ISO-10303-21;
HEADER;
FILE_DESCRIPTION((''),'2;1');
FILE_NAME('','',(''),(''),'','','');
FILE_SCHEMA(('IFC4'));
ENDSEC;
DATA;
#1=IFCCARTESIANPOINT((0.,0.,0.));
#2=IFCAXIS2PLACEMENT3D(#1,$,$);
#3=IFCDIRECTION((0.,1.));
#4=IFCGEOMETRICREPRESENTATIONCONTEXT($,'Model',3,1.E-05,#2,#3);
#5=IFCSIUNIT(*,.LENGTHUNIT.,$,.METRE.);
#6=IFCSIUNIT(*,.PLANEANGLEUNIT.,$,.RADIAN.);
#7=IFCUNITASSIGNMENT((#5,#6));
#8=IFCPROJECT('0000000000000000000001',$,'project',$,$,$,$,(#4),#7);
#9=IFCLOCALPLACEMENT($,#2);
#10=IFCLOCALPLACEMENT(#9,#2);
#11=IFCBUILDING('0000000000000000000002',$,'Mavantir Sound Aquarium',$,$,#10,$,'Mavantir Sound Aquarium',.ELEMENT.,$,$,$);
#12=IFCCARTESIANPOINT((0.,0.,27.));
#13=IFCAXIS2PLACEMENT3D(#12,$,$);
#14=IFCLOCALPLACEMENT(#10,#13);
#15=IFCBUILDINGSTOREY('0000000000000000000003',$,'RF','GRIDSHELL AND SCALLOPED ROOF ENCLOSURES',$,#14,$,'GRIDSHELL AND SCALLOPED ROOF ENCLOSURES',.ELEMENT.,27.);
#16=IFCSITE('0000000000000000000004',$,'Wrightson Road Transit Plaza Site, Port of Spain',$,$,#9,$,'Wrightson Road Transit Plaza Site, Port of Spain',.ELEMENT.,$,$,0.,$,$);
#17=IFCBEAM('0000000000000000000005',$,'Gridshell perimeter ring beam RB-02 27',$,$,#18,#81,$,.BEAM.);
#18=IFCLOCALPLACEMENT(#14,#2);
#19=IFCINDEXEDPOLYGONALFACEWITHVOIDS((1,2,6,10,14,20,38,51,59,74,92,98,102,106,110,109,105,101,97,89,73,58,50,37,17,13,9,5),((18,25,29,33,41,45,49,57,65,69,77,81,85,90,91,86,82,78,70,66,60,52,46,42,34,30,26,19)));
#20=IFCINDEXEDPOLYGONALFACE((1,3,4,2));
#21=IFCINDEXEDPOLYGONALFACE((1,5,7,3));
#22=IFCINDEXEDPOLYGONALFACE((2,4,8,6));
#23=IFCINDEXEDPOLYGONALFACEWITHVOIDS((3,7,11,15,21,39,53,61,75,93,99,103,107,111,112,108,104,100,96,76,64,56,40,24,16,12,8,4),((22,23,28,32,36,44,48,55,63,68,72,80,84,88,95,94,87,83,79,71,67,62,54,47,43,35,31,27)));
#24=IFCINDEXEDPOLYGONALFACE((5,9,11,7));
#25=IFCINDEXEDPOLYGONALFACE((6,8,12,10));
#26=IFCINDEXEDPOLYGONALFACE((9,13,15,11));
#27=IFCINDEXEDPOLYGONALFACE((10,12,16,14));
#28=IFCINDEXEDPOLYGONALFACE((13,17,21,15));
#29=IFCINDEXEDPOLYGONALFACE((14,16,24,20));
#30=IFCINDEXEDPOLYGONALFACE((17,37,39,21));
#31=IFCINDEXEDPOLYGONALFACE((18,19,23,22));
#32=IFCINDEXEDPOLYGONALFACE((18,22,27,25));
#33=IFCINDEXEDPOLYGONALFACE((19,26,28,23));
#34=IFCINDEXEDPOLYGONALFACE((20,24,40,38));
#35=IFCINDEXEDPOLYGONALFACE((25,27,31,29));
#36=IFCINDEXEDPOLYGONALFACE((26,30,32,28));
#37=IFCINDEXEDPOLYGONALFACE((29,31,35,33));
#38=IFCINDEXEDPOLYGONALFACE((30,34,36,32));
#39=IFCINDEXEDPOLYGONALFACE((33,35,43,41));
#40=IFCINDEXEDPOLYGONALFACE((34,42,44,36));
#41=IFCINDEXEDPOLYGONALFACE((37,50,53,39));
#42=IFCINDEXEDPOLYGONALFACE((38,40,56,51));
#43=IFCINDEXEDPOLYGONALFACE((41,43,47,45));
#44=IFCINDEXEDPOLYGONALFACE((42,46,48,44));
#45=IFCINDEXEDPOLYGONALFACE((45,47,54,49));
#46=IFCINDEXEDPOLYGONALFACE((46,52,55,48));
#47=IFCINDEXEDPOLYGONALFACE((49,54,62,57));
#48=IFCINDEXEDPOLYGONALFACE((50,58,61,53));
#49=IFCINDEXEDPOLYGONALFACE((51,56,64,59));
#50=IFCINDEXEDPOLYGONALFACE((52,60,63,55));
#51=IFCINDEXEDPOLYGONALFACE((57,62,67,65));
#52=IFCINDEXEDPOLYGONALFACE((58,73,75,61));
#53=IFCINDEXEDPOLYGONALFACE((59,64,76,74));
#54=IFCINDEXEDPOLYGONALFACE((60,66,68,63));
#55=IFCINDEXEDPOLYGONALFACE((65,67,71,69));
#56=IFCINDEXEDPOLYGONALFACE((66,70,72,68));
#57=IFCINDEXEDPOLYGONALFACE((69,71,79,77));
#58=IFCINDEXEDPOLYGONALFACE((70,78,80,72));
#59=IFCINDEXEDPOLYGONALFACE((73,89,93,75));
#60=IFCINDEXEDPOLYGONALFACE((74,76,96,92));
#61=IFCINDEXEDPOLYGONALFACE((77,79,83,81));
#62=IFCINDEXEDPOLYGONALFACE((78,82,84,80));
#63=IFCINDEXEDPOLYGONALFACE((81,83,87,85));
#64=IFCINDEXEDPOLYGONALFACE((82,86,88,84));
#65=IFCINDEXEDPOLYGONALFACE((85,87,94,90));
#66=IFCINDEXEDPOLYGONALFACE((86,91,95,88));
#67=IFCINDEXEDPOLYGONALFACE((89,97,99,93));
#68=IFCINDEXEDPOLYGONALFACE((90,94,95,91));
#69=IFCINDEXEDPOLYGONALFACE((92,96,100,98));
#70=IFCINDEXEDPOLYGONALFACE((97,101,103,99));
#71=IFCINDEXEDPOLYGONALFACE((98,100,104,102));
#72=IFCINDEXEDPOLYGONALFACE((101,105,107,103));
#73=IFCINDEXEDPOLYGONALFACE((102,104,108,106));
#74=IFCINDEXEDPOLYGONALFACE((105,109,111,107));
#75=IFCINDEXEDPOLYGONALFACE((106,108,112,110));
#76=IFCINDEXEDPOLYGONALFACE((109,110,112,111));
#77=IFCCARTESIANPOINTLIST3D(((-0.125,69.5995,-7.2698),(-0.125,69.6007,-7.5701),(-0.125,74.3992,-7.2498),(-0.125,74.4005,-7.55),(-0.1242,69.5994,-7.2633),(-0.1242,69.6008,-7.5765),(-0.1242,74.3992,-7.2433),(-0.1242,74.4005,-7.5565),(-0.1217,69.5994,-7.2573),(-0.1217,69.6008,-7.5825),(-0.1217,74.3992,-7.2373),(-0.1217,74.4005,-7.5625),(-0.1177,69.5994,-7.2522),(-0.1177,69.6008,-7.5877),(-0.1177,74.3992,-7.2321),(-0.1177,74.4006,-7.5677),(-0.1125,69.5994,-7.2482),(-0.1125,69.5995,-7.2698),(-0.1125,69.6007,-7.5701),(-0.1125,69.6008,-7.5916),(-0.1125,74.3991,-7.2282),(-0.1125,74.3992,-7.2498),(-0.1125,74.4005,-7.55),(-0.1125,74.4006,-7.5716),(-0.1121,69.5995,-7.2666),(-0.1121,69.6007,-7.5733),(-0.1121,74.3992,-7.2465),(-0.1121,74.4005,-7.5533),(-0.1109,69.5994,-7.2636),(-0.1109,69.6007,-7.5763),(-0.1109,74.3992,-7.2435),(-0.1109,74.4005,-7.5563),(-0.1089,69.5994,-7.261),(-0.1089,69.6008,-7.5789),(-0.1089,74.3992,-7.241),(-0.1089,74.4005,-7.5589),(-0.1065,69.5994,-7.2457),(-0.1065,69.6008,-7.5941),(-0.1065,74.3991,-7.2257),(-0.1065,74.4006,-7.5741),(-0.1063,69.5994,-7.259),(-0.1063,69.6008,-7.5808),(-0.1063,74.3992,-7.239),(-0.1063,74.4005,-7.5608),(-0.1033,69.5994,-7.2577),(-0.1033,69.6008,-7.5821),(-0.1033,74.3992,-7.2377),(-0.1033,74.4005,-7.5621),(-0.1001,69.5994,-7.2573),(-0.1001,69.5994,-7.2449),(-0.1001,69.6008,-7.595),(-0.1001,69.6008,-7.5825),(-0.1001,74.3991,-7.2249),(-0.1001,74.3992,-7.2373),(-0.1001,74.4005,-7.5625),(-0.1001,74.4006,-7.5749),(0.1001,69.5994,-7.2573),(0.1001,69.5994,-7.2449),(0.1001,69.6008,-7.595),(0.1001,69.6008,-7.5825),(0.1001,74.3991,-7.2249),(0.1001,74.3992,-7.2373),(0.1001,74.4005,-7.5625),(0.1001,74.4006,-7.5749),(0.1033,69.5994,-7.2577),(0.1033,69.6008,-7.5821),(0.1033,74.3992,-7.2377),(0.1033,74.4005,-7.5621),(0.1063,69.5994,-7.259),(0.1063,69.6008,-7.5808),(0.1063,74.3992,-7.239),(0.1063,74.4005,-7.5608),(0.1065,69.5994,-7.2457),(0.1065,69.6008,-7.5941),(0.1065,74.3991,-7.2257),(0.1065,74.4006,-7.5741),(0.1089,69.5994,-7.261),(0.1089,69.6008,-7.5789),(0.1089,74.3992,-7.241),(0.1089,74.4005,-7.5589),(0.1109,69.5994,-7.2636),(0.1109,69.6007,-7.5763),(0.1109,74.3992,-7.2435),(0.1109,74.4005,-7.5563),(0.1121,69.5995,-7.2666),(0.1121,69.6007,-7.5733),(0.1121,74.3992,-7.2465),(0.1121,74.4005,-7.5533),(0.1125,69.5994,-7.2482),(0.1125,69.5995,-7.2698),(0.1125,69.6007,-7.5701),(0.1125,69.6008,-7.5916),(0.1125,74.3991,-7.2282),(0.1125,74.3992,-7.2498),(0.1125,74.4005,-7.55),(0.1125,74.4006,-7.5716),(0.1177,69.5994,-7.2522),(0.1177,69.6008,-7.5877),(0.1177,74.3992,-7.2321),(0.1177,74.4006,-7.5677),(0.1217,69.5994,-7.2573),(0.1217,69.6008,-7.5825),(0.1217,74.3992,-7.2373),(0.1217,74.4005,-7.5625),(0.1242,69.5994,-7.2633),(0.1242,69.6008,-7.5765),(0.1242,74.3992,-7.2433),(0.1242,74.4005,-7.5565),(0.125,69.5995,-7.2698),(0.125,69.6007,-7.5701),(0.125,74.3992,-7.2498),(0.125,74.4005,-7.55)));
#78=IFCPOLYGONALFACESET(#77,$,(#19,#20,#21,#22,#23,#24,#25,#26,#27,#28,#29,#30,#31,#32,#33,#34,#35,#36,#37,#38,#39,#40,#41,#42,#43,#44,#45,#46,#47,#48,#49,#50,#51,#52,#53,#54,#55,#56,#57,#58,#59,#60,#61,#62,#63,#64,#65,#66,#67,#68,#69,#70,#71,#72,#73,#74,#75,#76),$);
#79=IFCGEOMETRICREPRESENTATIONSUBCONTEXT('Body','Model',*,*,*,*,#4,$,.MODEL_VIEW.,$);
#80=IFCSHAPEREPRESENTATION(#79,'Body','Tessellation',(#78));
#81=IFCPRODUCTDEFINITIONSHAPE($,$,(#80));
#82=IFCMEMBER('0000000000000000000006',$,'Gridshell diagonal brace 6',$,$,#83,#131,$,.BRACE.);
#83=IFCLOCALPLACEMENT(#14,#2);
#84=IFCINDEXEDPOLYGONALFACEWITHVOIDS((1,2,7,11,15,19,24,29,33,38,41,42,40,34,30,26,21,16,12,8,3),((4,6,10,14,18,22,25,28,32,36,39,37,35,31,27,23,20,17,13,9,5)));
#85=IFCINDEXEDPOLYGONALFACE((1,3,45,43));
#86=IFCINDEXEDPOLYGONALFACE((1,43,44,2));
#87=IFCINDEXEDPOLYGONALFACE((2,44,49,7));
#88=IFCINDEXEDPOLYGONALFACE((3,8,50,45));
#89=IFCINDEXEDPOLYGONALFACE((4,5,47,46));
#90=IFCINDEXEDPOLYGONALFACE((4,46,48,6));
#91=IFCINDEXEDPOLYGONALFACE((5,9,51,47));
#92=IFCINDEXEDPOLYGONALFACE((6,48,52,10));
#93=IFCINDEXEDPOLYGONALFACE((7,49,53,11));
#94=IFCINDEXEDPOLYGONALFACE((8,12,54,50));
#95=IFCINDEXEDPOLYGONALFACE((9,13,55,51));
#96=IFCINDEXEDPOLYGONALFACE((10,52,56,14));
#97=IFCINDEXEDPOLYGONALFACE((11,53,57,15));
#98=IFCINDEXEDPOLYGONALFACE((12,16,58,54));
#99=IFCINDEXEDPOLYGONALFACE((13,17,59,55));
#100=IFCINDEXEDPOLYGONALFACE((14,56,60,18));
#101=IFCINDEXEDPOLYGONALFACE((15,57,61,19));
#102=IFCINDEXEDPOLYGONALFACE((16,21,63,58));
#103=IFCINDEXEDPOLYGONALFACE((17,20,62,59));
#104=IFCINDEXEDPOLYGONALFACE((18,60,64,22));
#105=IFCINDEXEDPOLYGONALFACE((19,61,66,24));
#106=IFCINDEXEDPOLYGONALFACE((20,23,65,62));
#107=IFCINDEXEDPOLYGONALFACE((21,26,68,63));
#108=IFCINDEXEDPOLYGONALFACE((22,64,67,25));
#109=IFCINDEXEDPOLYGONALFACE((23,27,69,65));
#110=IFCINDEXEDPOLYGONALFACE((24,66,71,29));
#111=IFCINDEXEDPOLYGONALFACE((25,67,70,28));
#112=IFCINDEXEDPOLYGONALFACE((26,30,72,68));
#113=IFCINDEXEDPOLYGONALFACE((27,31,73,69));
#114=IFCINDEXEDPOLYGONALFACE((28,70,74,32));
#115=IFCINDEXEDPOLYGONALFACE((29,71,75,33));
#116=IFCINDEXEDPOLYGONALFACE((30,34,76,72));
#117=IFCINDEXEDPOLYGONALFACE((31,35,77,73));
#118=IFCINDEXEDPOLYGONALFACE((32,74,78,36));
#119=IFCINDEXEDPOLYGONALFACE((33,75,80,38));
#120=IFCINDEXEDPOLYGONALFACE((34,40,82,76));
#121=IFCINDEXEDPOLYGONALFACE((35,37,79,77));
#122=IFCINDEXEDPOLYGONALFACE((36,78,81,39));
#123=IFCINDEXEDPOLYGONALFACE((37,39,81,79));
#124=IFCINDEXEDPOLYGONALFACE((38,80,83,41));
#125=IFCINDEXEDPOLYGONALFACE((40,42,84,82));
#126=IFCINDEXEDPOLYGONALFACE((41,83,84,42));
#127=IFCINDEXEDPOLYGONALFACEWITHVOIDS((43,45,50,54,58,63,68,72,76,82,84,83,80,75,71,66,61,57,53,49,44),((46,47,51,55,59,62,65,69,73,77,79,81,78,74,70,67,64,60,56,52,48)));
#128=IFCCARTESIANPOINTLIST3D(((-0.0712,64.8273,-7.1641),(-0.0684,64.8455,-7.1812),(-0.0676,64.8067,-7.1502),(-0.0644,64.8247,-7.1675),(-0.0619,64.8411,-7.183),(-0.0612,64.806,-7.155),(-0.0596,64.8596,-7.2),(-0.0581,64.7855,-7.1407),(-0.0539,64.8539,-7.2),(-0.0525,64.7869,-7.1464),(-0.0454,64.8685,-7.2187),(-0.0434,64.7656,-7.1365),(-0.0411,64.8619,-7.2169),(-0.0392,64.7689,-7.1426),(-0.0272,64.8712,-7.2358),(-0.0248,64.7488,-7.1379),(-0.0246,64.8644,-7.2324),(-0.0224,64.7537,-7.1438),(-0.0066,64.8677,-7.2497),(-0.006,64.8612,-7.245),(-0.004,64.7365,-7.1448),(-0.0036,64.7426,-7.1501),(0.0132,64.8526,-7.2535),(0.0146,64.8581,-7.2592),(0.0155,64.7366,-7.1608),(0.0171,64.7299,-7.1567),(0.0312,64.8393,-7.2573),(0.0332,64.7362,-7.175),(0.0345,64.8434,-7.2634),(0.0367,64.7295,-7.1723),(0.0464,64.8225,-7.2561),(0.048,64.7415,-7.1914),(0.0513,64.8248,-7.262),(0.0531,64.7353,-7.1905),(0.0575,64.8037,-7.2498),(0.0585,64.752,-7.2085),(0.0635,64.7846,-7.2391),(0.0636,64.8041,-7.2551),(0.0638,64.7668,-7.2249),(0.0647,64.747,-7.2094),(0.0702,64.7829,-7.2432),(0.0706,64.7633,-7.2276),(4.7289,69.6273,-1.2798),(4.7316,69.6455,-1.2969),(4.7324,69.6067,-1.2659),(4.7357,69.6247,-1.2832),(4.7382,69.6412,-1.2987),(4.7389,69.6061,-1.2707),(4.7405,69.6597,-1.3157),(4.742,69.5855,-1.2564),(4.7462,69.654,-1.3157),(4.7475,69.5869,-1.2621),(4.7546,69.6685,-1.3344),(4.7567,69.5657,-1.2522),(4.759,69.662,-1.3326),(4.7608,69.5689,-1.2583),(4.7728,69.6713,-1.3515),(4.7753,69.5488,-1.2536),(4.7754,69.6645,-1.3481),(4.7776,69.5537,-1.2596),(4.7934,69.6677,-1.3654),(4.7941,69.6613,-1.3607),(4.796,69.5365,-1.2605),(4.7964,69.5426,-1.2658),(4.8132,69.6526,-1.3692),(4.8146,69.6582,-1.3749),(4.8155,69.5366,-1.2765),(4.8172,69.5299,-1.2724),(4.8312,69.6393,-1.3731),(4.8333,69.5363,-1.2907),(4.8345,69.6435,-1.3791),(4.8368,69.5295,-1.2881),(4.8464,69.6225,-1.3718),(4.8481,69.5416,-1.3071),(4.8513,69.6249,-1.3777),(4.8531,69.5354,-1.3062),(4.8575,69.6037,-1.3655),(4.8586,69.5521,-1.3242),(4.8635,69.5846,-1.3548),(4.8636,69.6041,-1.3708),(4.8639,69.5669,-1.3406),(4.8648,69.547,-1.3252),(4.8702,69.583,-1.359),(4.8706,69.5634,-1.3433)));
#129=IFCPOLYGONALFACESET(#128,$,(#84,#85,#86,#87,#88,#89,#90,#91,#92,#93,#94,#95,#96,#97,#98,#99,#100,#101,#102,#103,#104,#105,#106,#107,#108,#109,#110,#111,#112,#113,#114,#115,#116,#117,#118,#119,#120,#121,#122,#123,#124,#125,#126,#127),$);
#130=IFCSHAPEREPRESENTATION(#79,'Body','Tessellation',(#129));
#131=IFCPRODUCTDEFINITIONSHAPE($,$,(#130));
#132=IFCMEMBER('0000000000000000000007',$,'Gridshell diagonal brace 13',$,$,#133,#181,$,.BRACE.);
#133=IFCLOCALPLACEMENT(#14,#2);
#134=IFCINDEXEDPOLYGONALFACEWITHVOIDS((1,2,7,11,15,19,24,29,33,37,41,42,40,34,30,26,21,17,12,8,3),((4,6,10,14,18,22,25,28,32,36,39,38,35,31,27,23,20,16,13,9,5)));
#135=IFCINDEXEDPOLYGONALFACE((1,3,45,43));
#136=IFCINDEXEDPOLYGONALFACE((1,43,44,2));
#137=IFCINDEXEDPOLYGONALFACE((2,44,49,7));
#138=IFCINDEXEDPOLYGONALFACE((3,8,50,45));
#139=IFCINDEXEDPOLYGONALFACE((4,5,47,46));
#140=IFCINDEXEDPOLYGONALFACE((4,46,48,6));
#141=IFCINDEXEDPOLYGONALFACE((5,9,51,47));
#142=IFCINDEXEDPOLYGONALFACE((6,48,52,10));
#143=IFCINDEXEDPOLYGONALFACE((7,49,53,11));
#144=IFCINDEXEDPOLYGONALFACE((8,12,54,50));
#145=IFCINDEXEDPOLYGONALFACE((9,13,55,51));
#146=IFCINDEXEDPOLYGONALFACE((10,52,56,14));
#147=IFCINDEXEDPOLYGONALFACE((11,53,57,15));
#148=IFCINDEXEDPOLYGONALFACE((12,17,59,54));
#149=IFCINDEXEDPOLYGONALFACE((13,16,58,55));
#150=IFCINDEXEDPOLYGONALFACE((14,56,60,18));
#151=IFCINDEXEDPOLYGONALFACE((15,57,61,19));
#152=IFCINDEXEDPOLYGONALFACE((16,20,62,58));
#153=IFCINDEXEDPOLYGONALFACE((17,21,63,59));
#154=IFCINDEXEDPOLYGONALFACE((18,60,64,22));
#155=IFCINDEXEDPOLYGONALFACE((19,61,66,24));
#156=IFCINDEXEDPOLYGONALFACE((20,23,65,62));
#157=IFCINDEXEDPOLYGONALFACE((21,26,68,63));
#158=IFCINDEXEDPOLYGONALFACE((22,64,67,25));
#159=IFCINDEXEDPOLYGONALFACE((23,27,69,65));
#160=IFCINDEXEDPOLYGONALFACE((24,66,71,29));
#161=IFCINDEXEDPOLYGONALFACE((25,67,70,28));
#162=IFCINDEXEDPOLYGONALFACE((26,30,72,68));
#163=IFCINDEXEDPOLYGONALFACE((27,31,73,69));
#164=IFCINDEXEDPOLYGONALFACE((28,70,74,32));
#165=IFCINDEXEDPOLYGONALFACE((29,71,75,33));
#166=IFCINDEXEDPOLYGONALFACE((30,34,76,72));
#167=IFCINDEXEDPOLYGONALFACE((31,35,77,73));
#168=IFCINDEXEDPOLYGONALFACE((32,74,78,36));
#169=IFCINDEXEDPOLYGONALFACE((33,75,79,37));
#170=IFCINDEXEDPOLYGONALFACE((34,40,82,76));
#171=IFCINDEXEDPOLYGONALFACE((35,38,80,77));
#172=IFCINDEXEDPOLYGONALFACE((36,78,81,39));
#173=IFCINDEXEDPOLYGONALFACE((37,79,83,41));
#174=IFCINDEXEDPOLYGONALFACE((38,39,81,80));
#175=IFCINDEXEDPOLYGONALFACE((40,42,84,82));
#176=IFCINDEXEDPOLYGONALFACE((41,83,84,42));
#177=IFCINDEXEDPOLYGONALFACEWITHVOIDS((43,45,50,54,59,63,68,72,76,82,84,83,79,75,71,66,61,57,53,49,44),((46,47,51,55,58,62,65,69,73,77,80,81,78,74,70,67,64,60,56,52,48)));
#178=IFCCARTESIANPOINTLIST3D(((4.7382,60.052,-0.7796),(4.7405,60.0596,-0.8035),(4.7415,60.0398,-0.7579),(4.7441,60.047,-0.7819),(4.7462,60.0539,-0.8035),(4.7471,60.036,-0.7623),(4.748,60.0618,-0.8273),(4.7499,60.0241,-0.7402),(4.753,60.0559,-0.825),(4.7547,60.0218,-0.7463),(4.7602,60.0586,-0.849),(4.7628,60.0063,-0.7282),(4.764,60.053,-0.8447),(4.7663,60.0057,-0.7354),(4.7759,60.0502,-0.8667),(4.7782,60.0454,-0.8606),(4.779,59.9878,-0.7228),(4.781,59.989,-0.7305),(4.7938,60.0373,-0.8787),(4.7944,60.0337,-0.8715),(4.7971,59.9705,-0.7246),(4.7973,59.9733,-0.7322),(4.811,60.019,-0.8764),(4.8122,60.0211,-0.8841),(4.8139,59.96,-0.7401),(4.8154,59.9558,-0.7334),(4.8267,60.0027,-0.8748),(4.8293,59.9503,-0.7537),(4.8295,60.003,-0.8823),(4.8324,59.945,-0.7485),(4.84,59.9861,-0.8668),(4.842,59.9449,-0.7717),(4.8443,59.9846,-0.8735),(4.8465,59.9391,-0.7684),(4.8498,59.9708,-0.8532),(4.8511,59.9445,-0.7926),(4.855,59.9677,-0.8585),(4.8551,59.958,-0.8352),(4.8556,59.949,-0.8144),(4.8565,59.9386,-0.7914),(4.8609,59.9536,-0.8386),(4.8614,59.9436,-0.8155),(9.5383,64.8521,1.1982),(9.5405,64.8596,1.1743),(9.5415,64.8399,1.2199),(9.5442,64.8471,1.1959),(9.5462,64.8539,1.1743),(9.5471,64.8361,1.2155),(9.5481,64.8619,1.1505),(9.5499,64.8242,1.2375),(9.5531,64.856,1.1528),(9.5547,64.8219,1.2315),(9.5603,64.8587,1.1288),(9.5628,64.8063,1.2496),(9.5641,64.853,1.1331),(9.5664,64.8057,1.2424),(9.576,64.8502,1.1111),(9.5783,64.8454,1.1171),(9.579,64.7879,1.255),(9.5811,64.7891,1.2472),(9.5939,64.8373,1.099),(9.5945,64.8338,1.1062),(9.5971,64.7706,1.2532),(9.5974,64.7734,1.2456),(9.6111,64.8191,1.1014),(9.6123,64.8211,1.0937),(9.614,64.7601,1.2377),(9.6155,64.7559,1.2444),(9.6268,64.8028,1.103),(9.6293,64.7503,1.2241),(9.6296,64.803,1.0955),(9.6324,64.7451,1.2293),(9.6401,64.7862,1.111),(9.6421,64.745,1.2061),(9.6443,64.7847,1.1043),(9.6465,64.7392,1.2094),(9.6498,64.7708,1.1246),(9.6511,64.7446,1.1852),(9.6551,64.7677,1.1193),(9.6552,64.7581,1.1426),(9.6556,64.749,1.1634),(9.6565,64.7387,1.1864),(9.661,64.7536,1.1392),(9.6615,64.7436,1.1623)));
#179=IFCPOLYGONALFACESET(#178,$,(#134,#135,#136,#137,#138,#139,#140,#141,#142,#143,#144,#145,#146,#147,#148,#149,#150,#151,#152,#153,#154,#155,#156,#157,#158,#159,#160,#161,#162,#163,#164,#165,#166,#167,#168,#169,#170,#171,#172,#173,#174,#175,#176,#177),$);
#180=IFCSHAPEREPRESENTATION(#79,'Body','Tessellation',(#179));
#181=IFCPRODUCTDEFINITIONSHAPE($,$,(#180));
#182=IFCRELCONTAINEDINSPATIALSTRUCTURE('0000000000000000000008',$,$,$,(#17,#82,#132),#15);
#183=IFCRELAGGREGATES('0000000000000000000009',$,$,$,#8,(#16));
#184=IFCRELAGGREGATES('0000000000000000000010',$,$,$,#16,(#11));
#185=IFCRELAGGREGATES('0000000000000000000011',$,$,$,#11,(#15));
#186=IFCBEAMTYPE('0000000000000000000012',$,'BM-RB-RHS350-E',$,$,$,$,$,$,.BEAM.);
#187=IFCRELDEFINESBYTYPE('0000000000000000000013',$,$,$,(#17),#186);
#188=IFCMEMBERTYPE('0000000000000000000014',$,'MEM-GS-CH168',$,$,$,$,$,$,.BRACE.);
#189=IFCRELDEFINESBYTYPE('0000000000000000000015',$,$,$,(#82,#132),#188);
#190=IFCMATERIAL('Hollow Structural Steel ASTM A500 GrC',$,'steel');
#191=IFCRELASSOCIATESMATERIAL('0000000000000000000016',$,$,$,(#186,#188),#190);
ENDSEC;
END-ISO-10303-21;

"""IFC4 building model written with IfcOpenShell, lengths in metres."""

from ifc_helpers import new_model, si_unit, direction, frame, origin, origin_2d, place, context, subcontext, project, spatial, hollow_rectangle, hollow_circle, extrude, material, material_profile, profile_set, type_object, element, save


model = new_model("IFC4")

# Units and contexts
model_context = context("Model", 3, precision=1e-05, world=origin(), true_north=direction((0.0, 1.0)))
body_context = subcontext(model_context, "Body", "Model", "MODEL_VIEW")
ifc_project = project(units=[si_unit("LENGTHUNIT", "METRE"), si_unit("PLANEANGLEUNIT", "RADIAN")], contexts=[model_context])

# Site, building, storey
site_placement = place(None, origin())
site = spatial("IfcSite", under=ifc_project, at=site_placement, Name="Wrightson Road Transit Plaza Site, Port of Spain", LongName="Wrightson Road Transit Plaza Site, Port of Spain", CompositionType="ELEMENT", RefElevation=0.0)
building_placement = place(site_placement, origin())
building = spatial("IfcBuilding", under=site, at=building_placement, Name="Mavantir Sound Aquarium", LongName="Mavantir Sound Aquarium", CompositionType="ELEMENT")
storey_placement = place(building_placement, frame((0.0, 0.0, 27.0)))
storey = spatial("IfcBuildingStorey", under=building, at=storey_placement, Name="RF", Description="GRIDSHELL AND SCALLOPED ROOF ENCLOSURES", LongName="GRIDSHELL AND SCALLOPED ROOF ENCLOSURES", CompositionType="ELEMENT", Elevation=27.0)

# Beam
ifc_material_1 = material(Name="Hollow Structural Steel ASTM A500 GrC", Category="steel")
ifc_material_profile_1 = material_profile(ifc_material_1, hollow_rectangle(XDim=0.25, YDim=0.3501, WallThickness=0.0125, InnerFilletRadius=0.0125, OuterFilletRadius=0.0249, at=origin_2d()), Name="RHS 350X250X12.5")
ifc_profile_set_1 = profile_set([ifc_material_profile_1], Name="Hollow Structural Steel ASTM A500 GrC")
beam_type = type_object("IfcBeamType", Name="BM-RB-RHS350-E", PredefinedType="BEAM", material=ifc_profile_set_1)
beam_placement = place(storey_placement, frame((0.0, 69.6001, -7.4199), z_axis=(0.0, 0.999991, 0.004171), x_axis=(-1.0, 0.0, 0.0)))
element("IfcBeam", 1, at=beam_placement, inside=storey, type_object=beam_type, Name="Gridshell perimeter ring beam RB-02 27", PredefinedType="BEAM", context=body_context, shape_type="SweptSolid", body=[
    extrude(hollow_rectangle(XDim=0.25, YDim=0.3501, WallThickness=0.0125, InnerFilletRadius=0.0125, OuterFilletRadius=0.0249, at=origin_2d()), origin(), (0.0, 0.0, 1.0), 4.7998),
])

# Members
ifc_material_profile_2 = material_profile(ifc_material_1, hollow_circle(Radius=0.0842, WallThickness=0.0081, at=origin_2d()), Name="CHS 168.3X8")
ifc_profile_set_2 = profile_set([ifc_material_profile_2], Name="Hollow Structural Steel ASTM A500 GrC")
member_type_1 = type_object("IfcMemberType", Name="MEM-GS-CH168", PredefinedType="BRACE", material=ifc_profile_set_2)
member_1_placement = place(storey_placement, frame((0.0, 64.8, -7.2), z_axis=(0.53431, 0.53431, 0.655), x_axis=(-0.707107, 0.707107, 0.0)))
element("IfcMember", 2, at=member_1_placement, inside=storey, type_object=member_type_1, Name="Gridshell diagonal brace 6", PredefinedType="BRACE", context=body_context, shape_type="SweptSolid", body=[
    extrude(hollow_circle(Radius=0.0842, WallThickness=0.0081, at=origin_2d()), origin(), (0.0, 0.0, 1.0), 8.9836),
])
member_2_placement = place(storey_placement, frame((4.8, 60.0, -0.8035), z_axis=(0.67888, 0.67888, 0.279722), x_axis=(-0.707107, 0.707107, 0.0)))
element("IfcMember", 3, at=member_2_placement, inside=storey, type_object=member_type_1, Name="Gridshell diagonal brace 13", PredefinedType="BRACE", context=body_context, shape_type="SweptSolid", body=[
    extrude(hollow_circle(Radius=0.0842, WallThickness=0.0081, at=origin_2d()), origin(), (0.0, 0.0, 1.0), 7.0706),
])

save(model, "model.ifc")
